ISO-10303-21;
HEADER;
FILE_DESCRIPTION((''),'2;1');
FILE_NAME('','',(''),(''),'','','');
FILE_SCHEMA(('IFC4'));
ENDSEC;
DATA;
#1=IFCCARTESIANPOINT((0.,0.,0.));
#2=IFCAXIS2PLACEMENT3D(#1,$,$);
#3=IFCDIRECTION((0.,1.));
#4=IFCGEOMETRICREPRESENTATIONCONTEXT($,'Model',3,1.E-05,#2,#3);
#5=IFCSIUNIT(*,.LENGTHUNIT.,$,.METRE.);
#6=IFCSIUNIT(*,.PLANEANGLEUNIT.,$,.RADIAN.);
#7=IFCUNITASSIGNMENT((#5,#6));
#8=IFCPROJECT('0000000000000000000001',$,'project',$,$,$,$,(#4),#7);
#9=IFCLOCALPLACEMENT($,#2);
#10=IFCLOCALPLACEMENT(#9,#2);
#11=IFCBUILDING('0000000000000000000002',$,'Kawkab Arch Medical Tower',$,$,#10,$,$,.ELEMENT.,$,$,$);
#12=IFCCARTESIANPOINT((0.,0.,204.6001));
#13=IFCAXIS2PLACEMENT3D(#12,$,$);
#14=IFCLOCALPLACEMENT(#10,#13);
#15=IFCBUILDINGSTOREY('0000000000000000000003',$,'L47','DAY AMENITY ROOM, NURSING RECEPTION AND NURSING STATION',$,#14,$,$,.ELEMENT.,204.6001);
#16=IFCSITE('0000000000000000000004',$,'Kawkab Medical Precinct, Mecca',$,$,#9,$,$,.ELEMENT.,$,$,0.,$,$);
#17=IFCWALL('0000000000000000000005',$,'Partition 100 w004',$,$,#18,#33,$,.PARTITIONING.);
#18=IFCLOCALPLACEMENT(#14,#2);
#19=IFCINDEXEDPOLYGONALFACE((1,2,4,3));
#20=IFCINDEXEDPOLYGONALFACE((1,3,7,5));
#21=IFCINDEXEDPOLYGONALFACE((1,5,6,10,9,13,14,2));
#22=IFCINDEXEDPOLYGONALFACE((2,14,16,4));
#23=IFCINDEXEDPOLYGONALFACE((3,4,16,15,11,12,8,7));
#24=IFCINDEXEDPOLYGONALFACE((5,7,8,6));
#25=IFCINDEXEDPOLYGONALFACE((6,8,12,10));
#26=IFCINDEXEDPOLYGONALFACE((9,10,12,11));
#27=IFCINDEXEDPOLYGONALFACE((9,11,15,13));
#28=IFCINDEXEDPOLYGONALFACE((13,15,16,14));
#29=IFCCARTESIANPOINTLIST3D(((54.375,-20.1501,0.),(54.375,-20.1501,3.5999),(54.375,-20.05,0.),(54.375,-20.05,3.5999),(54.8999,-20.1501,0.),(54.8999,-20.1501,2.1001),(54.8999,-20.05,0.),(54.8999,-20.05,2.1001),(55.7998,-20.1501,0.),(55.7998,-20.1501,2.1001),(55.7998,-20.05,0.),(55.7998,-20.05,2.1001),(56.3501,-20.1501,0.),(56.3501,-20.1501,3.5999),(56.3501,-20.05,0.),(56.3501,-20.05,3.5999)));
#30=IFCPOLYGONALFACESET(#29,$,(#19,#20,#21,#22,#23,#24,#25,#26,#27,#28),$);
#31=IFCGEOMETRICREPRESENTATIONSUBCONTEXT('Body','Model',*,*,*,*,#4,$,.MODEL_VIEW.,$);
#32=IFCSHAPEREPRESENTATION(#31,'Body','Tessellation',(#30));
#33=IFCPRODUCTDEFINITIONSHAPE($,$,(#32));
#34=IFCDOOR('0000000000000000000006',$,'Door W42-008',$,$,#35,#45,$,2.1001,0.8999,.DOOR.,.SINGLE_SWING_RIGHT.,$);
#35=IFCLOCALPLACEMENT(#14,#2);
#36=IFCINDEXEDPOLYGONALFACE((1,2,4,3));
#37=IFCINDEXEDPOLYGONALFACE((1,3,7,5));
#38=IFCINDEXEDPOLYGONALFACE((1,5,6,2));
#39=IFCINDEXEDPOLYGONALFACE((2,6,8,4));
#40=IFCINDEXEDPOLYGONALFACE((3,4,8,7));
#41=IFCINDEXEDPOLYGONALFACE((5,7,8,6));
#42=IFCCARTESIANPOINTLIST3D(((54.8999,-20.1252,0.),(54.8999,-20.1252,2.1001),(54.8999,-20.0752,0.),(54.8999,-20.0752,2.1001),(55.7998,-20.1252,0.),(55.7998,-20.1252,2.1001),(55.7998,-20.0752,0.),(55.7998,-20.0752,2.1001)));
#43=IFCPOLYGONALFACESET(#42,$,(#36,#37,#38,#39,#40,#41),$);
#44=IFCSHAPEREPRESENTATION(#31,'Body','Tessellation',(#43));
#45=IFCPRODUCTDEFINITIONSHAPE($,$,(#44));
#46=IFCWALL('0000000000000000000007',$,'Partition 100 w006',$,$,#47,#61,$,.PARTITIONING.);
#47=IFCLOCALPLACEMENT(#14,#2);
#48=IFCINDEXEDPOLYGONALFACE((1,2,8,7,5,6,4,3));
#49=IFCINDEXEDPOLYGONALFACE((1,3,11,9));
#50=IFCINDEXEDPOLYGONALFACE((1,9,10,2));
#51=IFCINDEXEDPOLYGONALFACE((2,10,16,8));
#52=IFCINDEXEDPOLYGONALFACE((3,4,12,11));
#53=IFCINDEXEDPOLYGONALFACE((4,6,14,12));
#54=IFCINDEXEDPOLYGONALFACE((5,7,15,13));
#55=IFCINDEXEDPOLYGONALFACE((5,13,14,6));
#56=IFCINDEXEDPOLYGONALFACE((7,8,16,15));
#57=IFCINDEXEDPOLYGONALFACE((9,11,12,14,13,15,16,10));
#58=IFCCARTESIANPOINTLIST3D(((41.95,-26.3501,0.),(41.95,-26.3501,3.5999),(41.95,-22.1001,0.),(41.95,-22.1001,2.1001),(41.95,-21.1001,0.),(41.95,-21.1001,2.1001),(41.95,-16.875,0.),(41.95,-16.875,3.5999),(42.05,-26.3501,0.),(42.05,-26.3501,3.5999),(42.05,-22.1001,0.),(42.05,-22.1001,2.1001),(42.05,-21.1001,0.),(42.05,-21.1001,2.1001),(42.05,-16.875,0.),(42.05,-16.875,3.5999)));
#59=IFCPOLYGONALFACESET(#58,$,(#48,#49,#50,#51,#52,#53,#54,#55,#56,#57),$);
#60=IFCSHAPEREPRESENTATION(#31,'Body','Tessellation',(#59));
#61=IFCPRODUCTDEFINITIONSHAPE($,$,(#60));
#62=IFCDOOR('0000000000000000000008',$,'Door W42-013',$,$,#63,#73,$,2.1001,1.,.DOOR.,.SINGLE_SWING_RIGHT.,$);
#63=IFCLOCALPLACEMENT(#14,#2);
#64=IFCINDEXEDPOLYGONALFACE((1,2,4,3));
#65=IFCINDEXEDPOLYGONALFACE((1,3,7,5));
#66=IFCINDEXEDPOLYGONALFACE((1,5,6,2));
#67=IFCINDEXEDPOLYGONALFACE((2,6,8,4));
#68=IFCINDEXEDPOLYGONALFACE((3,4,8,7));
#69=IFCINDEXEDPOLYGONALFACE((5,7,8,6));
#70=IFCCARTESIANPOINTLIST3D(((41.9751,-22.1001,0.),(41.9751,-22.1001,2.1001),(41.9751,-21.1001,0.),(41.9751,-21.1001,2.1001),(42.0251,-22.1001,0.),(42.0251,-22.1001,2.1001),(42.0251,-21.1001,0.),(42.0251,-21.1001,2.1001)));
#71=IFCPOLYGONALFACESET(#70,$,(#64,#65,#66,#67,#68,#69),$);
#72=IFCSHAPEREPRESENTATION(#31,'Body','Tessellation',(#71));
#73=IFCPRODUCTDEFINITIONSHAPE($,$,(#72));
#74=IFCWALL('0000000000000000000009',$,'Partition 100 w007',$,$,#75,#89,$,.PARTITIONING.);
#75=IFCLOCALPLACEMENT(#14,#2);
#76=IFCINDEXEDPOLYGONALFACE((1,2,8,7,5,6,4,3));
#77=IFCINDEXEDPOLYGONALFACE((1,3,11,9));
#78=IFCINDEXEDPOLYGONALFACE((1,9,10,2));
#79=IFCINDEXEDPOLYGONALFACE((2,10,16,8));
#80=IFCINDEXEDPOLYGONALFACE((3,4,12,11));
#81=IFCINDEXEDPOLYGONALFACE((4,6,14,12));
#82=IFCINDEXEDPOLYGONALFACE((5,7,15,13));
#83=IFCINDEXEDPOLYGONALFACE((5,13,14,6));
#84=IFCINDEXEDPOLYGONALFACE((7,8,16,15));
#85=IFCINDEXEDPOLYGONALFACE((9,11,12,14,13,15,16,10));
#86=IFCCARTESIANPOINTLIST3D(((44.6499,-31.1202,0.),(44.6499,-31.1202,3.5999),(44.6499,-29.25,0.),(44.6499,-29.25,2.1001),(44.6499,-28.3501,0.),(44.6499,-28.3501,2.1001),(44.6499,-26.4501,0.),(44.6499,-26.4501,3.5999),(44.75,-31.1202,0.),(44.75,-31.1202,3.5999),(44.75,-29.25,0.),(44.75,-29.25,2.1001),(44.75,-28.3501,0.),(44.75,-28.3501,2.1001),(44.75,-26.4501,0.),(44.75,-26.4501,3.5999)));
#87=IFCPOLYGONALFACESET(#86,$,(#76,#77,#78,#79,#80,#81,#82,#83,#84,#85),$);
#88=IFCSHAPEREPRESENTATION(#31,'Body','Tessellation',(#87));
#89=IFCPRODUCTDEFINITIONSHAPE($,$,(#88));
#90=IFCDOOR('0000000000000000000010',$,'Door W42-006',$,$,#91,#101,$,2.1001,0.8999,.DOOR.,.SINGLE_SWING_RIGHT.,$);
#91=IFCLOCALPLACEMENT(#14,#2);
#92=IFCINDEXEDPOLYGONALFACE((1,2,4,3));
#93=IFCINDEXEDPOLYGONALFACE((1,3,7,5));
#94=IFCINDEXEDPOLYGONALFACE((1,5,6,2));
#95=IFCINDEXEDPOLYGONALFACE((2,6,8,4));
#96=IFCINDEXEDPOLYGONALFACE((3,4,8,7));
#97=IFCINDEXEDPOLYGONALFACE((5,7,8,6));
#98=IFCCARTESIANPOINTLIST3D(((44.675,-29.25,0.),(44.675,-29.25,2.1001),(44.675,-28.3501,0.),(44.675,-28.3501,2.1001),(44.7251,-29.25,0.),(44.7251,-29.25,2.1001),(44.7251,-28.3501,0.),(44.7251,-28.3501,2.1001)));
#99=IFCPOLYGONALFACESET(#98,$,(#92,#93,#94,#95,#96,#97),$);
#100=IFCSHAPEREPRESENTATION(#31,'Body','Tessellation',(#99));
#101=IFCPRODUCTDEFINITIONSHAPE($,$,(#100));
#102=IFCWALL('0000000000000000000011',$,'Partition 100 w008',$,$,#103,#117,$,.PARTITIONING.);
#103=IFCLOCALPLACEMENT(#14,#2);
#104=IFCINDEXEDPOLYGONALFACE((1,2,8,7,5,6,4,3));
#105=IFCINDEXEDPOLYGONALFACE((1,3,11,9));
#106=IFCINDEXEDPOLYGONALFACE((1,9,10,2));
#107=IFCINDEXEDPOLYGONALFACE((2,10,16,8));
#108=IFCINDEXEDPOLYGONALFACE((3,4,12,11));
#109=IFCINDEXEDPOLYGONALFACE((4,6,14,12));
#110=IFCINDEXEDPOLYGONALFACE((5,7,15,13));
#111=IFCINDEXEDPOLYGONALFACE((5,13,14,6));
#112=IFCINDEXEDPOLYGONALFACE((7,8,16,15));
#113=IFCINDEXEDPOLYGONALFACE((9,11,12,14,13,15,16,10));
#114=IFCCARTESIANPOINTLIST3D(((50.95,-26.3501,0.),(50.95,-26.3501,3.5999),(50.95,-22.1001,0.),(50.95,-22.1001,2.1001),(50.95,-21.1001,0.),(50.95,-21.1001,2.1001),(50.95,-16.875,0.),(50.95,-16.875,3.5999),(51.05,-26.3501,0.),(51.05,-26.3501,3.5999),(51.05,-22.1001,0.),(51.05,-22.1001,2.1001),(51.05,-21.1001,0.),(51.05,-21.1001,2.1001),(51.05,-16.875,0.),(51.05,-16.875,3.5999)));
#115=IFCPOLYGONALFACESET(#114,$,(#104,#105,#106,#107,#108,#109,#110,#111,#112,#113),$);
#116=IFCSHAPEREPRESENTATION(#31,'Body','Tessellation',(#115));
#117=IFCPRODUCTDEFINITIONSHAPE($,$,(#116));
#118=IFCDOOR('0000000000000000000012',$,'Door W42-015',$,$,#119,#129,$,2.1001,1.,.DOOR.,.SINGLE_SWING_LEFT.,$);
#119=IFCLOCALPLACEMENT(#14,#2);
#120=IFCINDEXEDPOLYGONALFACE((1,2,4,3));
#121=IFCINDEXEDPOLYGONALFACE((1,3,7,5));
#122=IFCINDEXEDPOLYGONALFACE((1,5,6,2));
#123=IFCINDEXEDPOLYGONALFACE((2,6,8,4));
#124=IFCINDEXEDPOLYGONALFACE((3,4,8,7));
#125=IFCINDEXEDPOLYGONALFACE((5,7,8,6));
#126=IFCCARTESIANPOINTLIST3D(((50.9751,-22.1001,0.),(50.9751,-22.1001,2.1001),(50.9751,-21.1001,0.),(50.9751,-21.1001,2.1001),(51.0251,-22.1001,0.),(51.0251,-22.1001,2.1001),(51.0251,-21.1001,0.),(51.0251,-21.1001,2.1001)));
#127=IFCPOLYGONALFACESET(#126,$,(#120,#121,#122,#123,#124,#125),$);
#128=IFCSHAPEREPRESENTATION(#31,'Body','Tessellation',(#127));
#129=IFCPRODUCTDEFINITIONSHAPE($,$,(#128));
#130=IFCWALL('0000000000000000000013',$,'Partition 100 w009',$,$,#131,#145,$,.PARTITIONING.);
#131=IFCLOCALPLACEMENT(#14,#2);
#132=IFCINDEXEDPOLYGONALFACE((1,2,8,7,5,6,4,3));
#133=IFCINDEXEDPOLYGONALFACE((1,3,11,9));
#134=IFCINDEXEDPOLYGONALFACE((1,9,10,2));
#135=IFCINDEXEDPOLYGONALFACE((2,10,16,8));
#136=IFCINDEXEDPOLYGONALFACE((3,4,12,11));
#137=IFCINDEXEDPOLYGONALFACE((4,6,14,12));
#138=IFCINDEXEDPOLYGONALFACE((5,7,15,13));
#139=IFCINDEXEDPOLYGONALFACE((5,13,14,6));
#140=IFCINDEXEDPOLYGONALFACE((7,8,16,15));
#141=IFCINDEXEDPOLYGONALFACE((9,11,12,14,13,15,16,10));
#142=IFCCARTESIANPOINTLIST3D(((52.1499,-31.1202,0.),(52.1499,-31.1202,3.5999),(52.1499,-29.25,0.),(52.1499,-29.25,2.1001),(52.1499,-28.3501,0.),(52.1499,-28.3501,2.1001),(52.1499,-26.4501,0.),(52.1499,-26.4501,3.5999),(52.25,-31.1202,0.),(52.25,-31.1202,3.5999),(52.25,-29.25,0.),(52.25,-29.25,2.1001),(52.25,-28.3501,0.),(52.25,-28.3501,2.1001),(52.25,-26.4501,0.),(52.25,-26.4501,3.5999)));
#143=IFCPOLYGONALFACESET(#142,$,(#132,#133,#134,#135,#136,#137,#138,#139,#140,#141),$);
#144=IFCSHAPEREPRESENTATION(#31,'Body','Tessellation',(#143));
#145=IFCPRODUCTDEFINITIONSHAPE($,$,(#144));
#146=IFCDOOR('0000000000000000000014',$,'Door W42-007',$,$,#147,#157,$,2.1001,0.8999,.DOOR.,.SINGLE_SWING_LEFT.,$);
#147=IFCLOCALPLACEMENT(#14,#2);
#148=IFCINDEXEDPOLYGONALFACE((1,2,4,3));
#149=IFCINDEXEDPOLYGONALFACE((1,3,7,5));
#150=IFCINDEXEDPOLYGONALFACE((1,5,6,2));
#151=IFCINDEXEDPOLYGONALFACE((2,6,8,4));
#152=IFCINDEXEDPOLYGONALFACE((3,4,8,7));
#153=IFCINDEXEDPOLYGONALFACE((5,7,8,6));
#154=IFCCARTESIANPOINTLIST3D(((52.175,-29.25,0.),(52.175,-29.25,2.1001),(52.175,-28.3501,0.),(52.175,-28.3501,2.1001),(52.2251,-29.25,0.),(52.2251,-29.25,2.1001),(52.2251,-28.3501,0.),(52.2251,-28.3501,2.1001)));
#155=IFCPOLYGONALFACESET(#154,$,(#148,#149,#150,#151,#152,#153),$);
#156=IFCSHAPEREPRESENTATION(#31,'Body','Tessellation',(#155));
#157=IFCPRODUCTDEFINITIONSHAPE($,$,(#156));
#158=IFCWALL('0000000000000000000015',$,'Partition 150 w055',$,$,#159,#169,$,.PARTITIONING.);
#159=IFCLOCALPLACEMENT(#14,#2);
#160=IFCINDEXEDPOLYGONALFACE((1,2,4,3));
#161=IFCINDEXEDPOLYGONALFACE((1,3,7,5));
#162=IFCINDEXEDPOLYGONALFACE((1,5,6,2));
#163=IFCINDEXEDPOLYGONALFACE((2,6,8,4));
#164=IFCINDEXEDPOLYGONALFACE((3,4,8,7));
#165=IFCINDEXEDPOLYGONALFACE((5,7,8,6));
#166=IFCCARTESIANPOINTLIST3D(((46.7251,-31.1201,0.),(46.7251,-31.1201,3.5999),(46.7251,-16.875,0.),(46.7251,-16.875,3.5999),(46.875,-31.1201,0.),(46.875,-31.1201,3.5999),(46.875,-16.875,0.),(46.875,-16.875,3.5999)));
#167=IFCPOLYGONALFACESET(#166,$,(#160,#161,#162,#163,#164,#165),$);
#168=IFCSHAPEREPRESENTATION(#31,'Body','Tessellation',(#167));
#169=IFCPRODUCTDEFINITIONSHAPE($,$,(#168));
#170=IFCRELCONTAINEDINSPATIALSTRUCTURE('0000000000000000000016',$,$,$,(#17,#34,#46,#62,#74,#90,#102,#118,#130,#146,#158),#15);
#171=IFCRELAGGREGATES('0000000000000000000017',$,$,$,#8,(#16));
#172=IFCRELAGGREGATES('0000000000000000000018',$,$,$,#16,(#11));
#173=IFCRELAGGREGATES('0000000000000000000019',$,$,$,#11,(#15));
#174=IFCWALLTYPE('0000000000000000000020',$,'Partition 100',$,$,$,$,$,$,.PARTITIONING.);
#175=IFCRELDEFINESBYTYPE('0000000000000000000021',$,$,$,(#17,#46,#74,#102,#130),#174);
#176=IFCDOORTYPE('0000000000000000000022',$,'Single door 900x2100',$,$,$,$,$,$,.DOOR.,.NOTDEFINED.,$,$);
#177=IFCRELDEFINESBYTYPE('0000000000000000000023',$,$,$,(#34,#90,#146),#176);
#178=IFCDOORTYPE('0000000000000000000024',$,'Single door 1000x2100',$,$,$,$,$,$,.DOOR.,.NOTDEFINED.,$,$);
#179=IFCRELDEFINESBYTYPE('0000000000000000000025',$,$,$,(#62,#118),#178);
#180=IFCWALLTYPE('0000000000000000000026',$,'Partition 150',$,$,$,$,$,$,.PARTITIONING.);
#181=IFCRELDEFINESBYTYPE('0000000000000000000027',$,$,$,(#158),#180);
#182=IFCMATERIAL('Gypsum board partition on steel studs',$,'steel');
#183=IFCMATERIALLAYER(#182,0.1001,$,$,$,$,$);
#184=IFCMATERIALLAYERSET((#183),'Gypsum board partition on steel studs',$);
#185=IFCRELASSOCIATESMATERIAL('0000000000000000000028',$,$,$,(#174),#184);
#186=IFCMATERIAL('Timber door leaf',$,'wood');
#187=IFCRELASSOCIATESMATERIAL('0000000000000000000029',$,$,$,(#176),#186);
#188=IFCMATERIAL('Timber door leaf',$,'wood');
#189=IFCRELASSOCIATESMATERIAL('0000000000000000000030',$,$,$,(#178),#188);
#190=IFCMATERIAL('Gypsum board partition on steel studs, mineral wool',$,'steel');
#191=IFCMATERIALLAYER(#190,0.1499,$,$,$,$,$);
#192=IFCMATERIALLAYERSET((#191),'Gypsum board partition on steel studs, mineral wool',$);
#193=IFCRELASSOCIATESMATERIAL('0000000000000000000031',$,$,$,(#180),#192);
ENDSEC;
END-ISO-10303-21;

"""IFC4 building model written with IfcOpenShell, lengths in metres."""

from ifc_helpers import new_model, si_unit, direction, frame, frame_2d, origin, place, context, subcontext, project, spatial, rectangle, extrude, material, layer, layer_set, type_object, element, fill, save


model = new_model("IFC4")

# Units and contexts
model_context = context("Model", 3, precision=1e-05, world=origin(), true_north=direction((0.0, 1.0)))
body_context = subcontext(model_context, "Body", "Model", "MODEL_VIEW")
ifc_project = project(units=[si_unit("LENGTHUNIT", "METRE"), si_unit("PLANEANGLEUNIT", "RADIAN")], contexts=[model_context])

# Site, building, storey
site_placement = place(None, origin())
site = spatial("IfcSite", under=ifc_project, at=site_placement, Name="Kawkab Medical Precinct, Mecca", CompositionType="ELEMENT", RefElevation=0.0)
building_placement = place(site_placement, origin())
building = spatial("IfcBuilding", under=site, at=building_placement, Name="Kawkab Arch Medical Tower", CompositionType="ELEMENT")
storey_placement = place(building_placement, frame((0.0, 0.0, 204.6001)))
storey = spatial("IfcBuildingStorey", under=building, at=storey_placement, Name="L47", Description="DAY AMENITY ROOM, NURSING RECEPTION AND NURSING STATION", CompositionType="ELEMENT", Elevation=204.6001)

# Walls, openings, doors
ifc_material_1 = material(Name="Gypsum board partition on steel studs", Category="steel")
ifc_layer_1 = layer(ifc_material_1, 0.1001)
ifc_layer_set_1 = layer_set([ifc_layer_1], Name="Gypsum board partition on steel studs")
wall_type_1 = type_object("IfcWallType", Name="Partition 100", PredefinedType="PARTITIONING", material=ifc_layer_set_1)
wall_1_placement = place(storey_placement, frame((54.375, -20.1001, 0.0), z_axis=(0.0, 0.0, 1.0), x_axis=(1.0, 0.0, 0.0)))
wall_1 = element("IfcWall", 1, at=wall_1_placement, inside=storey, type_object=wall_type_1, Name="Partition 100 w004", PredefinedType="PARTITIONING", context=body_context, shape_type="SweptSolid", body=[
    extrude(rectangle(XDim=1.9751, YDim=0.1001, at=frame_2d((0.9875, 0.0))), origin(), (0.0, 0.0, 1.0), 3.5999),
])
opening_1_placement = place(wall_1_placement, frame((0.5249, 0.0, 0.0)))
opening_1 = element("IfcOpeningElement", 2, at=opening_1_placement, cuts=wall_1, PredefinedType="OPENING", context=body_context, shape_type="SweptSolid", body=[
    extrude(rectangle(XDim=0.8999, YDim=2.1001, at=frame_2d((0.45, 1.05))), frame((0.0, 0.0601, 0.0), z_axis=(0.0, -1.0, 0.0), x_axis=(1.0, 0.0, 0.0)), (0.0, 0.0, 1.0), 0.1201),
])
ifc_material_2 = material(Name="Timber door leaf", Category="wood")
door_type_1 = type_object("IfcDoorType", Name="Single door 900x2100", OperationType="NOTDEFINED", PredefinedType="DOOR", material=ifc_material_2)
door_1_placement = place(opening_1_placement, origin())
door_1 = element("IfcDoor", 3, at=door_1_placement, inside=storey, type_object=door_type_1, Name="Door W42-008", OperationType="SINGLE_SWING_RIGHT", OverallHeight=2.1001, OverallWidth=0.8999, PredefinedType="DOOR", context=body_context, shape_type="SweptSolid", body=[
    extrude(rectangle(XDim=0.8999, YDim=2.1001, at=frame_2d((0.45, 1.05))), frame((0.0, 0.0249, 0.0), z_axis=(0.0, -1.0, 0.0), x_axis=(1.0, 0.0, 0.0)), (0.0, 0.0, 1.0), 0.05),
])
fill(opening_1, door_1)
wall_2_placement = place(storey_placement, frame((42.0, -26.3501, 0.0), z_axis=(0.0, 0.0, 1.0), x_axis=(0.0, 1.0, 0.0)))
wall_2 = element("IfcWall", 4, at=wall_2_placement, inside=storey, type_object=wall_type_1, Name="Partition 100 w006", PredefinedType="PARTITIONING", context=body_context, shape_type="SweptSolid", body=[
    extrude(rectangle(XDim=9.4751, YDim=0.1001, at=frame_2d((4.7375, 0.0))), origin(), (0.0, 0.0, 1.0), 3.5999),
])
opening_2_placement = place(wall_2_placement, frame((4.25, 0.0, 0.0)))
opening_2 = element("IfcOpeningElement", 5, at=opening_2_placement, cuts=wall_2, PredefinedType="OPENING", context=body_context, shape_type="SweptSolid", body=[
    extrude(rectangle(XDim=1.0, YDim=2.1001, at=frame_2d((0.5, 1.05))), frame((0.0, 0.0601, 0.0), z_axis=(0.0, -1.0, 0.0), x_axis=(1.0, 0.0, 0.0)), (0.0, 0.0, 1.0), 0.1201),
])
ifc_material_3 = material(Name="Timber door leaf", Category="wood")
door_type_2 = type_object("IfcDoorType", Name="Single door 1000x2100", OperationType="NOTDEFINED", PredefinedType="DOOR", material=ifc_material_3)
door_2_placement = place(opening_2_placement, origin())
door_2 = element("IfcDoor", 6, at=door_2_placement, inside=storey, type_object=door_type_2, Name="Door W42-013", OperationType="SINGLE_SWING_RIGHT", OverallHeight=2.1001, OverallWidth=1.0, PredefinedType="DOOR", context=body_context, shape_type="SweptSolid", body=[
    extrude(rectangle(XDim=1.0, YDim=2.1001, at=frame_2d((0.5, 1.05))), frame((0.0, 0.0249, 0.0), z_axis=(0.0, -1.0, 0.0), x_axis=(1.0, 0.0, 0.0)), (0.0, 0.0, 1.0), 0.05),
])
fill(opening_2, door_2)
wall_3_placement = place(storey_placement, frame((44.7, -31.1201, 0.0), z_axis=(0.0, 0.0, 1.0), x_axis=(0.0, 1.0, 0.0)))
wall_3 = element("IfcWall", 7, at=wall_3_placement, inside=storey, type_object=wall_type_1, Name="Partition 100 w007", PredefinedType="PARTITIONING", context=body_context, shape_type="SweptSolid", body=[
    extrude(rectangle(XDim=4.6702, YDim=0.1001, at=frame_2d((2.335, 0.0))), origin(), (0.0, 0.0, 1.0), 3.5999),
])
opening_3_placement = place(wall_3_placement, frame((1.8701, 0.0, 0.0)))
opening_3 = element("IfcOpeningElement", 8, at=opening_3_placement, cuts=wall_3, PredefinedType="OPENING", context=body_context, shape_type="SweptSolid", body=[
    extrude(rectangle(XDim=0.8999, YDim=2.1001, at=frame_2d((0.45, 1.05))), frame((0.0, 0.0601, 0.0), z_axis=(0.0, -1.0, 0.0), x_axis=(1.0, 0.0, 0.0)), (0.0, 0.0, 1.0), 0.1201),
])
door_3_placement = place(opening_3_placement, origin())
door_3 = element("IfcDoor", 9, at=door_3_placement, inside=storey, type_object=door_type_1, Name="Door W42-006", OperationType="SINGLE_SWING_RIGHT", OverallHeight=2.1001, OverallWidth=0.8999, PredefinedType="DOOR", context=body_context, shape_type="SweptSolid", body=[
    extrude(rectangle(XDim=0.8999, YDim=2.1001, at=frame_2d((0.45, 1.05))), frame((0.0, 0.0249, 0.0), z_axis=(0.0, -1.0, 0.0), x_axis=(1.0, 0.0, 0.0)), (0.0, 0.0, 1.0), 0.05),
])
fill(opening_3, door_3)
wall_4_placement = place(storey_placement, frame((51.0, -26.3501, 0.0), z_axis=(0.0, 0.0, 1.0), x_axis=(0.0, 1.0, 0.0)))
wall_4 = element("IfcWall", 10, at=wall_4_placement, inside=storey, type_object=wall_type_1, Name="Partition 100 w008", PredefinedType="PARTITIONING", context=body_context, shape_type="SweptSolid", body=[
    extrude(rectangle(XDim=9.4751, YDim=0.1001, at=frame_2d((4.7375, 0.0))), origin(), (0.0, 0.0, 1.0), 3.5999),
])
opening_4_placement = place(wall_4_placement, frame((4.25, 0.0, 0.0)))
opening_4 = element("IfcOpeningElement", 11, at=opening_4_placement, cuts=wall_4, PredefinedType="OPENING", context=body_context, shape_type="SweptSolid", body=[
    extrude(rectangle(XDim=1.0, YDim=2.1001, at=frame_2d((0.5, 1.05))), frame((0.0, 0.0601, 0.0), z_axis=(0.0, -1.0, 0.0), x_axis=(1.0, 0.0, 0.0)), (0.0, 0.0, 1.0), 0.1201),
])
door_4_placement = place(opening_4_placement, origin())
door_4 = element("IfcDoor", 12, at=door_4_placement, inside=storey, type_object=door_type_2, Name="Door W42-015", OperationType="SINGLE_SWING_LEFT", OverallHeight=2.1001, OverallWidth=1.0, PredefinedType="DOOR", context=body_context, shape_type="SweptSolid", body=[
    extrude(rectangle(XDim=1.0, YDim=2.1001, at=frame_2d((0.5, 1.05))), frame((0.0, 0.0249, 0.0), z_axis=(0.0, -1.0, 0.0), x_axis=(1.0, 0.0, 0.0)), (0.0, 0.0, 1.0), 0.05),
])
fill(opening_4, door_4)
wall_5_placement = place(storey_placement, frame((52.2, -31.1201, 0.0), z_axis=(0.0, 0.0, 1.0), x_axis=(0.0, 1.0, 0.0)))
wall_5 = element("IfcWall", 13, at=wall_5_placement, inside=storey, type_object=wall_type_1, Name="Partition 100 w009", PredefinedType="PARTITIONING", context=body_context, shape_type="SweptSolid", body=[
    extrude(rectangle(XDim=4.6702, YDim=0.1001, at=frame_2d((2.335, 0.0))), origin(), (0.0, 0.0, 1.0), 3.5999),
])
opening_5_placement = place(wall_5_placement, frame((1.8701, 0.0, 0.0)))
opening_5 = element("IfcOpeningElement", 14, at=opening_5_placement, cuts=wall_5, PredefinedType="OPENING", context=body_context, shape_type="SweptSolid", body=[
    extrude(rectangle(XDim=0.8999, YDim=2.1001, at=frame_2d((0.45, 1.05))), frame((0.0, 0.0601, 0.0), z_axis=(0.0, -1.0, 0.0), x_axis=(1.0, 0.0, 0.0)), (0.0, 0.0, 1.0), 0.1201),
])
door_5_placement = place(opening_5_placement, origin())
door_5 = element("IfcDoor", 15, at=door_5_placement, inside=storey, type_object=door_type_1, Name="Door W42-007", OperationType="SINGLE_SWING_LEFT", OverallHeight=2.1001, OverallWidth=0.8999, PredefinedType="DOOR", context=body_context, shape_type="SweptSolid", body=[
    extrude(rectangle(XDim=0.8999, YDim=2.1001, at=frame_2d((0.45, 1.05))), frame((0.0, 0.0249, 0.0), z_axis=(0.0, -1.0, 0.0), x_axis=(1.0, 0.0, 0.0)), (0.0, 0.0, 1.0), 0.05),
])
fill(opening_5, door_5)

# Wall
ifc_material_4 = material(Name="Gypsum board partition on steel studs, mineral wool", Category="steel")
ifc_layer_2 = layer(ifc_material_4, 0.1499)
ifc_layer_set_2 = layer_set([ifc_layer_2], Name="Gypsum board partition on steel studs, mineral wool")
wall_type_2 = type_object("IfcWallType", Name="Partition 150", PredefinedType="PARTITIONING", material=ifc_layer_set_2)
for number, where, z_axis, x_axis, name in (
    (16, (46.8, -31.1201, 0.0), (0.0, 0.0, 1.0), (0.0, 1.0, 0.0), "Partition 150 w055"),
):
    element("IfcWall", number, at=place(storey_placement, frame(where, z_axis=z_axis, x_axis=x_axis)), inside=storey, type_object=wall_type_2, Name=name, PredefinedType="PARTITIONING", context=body_context, shape_type="SweptSolid", body=[
        extrude(rectangle(XDim=14.2451, YDim=0.1499, at=frame_2d((7.1226, 0.0))), origin(), (0.0, 0.0, 1.0), 3.5999),
    ])

save(model, "model.ifc")
